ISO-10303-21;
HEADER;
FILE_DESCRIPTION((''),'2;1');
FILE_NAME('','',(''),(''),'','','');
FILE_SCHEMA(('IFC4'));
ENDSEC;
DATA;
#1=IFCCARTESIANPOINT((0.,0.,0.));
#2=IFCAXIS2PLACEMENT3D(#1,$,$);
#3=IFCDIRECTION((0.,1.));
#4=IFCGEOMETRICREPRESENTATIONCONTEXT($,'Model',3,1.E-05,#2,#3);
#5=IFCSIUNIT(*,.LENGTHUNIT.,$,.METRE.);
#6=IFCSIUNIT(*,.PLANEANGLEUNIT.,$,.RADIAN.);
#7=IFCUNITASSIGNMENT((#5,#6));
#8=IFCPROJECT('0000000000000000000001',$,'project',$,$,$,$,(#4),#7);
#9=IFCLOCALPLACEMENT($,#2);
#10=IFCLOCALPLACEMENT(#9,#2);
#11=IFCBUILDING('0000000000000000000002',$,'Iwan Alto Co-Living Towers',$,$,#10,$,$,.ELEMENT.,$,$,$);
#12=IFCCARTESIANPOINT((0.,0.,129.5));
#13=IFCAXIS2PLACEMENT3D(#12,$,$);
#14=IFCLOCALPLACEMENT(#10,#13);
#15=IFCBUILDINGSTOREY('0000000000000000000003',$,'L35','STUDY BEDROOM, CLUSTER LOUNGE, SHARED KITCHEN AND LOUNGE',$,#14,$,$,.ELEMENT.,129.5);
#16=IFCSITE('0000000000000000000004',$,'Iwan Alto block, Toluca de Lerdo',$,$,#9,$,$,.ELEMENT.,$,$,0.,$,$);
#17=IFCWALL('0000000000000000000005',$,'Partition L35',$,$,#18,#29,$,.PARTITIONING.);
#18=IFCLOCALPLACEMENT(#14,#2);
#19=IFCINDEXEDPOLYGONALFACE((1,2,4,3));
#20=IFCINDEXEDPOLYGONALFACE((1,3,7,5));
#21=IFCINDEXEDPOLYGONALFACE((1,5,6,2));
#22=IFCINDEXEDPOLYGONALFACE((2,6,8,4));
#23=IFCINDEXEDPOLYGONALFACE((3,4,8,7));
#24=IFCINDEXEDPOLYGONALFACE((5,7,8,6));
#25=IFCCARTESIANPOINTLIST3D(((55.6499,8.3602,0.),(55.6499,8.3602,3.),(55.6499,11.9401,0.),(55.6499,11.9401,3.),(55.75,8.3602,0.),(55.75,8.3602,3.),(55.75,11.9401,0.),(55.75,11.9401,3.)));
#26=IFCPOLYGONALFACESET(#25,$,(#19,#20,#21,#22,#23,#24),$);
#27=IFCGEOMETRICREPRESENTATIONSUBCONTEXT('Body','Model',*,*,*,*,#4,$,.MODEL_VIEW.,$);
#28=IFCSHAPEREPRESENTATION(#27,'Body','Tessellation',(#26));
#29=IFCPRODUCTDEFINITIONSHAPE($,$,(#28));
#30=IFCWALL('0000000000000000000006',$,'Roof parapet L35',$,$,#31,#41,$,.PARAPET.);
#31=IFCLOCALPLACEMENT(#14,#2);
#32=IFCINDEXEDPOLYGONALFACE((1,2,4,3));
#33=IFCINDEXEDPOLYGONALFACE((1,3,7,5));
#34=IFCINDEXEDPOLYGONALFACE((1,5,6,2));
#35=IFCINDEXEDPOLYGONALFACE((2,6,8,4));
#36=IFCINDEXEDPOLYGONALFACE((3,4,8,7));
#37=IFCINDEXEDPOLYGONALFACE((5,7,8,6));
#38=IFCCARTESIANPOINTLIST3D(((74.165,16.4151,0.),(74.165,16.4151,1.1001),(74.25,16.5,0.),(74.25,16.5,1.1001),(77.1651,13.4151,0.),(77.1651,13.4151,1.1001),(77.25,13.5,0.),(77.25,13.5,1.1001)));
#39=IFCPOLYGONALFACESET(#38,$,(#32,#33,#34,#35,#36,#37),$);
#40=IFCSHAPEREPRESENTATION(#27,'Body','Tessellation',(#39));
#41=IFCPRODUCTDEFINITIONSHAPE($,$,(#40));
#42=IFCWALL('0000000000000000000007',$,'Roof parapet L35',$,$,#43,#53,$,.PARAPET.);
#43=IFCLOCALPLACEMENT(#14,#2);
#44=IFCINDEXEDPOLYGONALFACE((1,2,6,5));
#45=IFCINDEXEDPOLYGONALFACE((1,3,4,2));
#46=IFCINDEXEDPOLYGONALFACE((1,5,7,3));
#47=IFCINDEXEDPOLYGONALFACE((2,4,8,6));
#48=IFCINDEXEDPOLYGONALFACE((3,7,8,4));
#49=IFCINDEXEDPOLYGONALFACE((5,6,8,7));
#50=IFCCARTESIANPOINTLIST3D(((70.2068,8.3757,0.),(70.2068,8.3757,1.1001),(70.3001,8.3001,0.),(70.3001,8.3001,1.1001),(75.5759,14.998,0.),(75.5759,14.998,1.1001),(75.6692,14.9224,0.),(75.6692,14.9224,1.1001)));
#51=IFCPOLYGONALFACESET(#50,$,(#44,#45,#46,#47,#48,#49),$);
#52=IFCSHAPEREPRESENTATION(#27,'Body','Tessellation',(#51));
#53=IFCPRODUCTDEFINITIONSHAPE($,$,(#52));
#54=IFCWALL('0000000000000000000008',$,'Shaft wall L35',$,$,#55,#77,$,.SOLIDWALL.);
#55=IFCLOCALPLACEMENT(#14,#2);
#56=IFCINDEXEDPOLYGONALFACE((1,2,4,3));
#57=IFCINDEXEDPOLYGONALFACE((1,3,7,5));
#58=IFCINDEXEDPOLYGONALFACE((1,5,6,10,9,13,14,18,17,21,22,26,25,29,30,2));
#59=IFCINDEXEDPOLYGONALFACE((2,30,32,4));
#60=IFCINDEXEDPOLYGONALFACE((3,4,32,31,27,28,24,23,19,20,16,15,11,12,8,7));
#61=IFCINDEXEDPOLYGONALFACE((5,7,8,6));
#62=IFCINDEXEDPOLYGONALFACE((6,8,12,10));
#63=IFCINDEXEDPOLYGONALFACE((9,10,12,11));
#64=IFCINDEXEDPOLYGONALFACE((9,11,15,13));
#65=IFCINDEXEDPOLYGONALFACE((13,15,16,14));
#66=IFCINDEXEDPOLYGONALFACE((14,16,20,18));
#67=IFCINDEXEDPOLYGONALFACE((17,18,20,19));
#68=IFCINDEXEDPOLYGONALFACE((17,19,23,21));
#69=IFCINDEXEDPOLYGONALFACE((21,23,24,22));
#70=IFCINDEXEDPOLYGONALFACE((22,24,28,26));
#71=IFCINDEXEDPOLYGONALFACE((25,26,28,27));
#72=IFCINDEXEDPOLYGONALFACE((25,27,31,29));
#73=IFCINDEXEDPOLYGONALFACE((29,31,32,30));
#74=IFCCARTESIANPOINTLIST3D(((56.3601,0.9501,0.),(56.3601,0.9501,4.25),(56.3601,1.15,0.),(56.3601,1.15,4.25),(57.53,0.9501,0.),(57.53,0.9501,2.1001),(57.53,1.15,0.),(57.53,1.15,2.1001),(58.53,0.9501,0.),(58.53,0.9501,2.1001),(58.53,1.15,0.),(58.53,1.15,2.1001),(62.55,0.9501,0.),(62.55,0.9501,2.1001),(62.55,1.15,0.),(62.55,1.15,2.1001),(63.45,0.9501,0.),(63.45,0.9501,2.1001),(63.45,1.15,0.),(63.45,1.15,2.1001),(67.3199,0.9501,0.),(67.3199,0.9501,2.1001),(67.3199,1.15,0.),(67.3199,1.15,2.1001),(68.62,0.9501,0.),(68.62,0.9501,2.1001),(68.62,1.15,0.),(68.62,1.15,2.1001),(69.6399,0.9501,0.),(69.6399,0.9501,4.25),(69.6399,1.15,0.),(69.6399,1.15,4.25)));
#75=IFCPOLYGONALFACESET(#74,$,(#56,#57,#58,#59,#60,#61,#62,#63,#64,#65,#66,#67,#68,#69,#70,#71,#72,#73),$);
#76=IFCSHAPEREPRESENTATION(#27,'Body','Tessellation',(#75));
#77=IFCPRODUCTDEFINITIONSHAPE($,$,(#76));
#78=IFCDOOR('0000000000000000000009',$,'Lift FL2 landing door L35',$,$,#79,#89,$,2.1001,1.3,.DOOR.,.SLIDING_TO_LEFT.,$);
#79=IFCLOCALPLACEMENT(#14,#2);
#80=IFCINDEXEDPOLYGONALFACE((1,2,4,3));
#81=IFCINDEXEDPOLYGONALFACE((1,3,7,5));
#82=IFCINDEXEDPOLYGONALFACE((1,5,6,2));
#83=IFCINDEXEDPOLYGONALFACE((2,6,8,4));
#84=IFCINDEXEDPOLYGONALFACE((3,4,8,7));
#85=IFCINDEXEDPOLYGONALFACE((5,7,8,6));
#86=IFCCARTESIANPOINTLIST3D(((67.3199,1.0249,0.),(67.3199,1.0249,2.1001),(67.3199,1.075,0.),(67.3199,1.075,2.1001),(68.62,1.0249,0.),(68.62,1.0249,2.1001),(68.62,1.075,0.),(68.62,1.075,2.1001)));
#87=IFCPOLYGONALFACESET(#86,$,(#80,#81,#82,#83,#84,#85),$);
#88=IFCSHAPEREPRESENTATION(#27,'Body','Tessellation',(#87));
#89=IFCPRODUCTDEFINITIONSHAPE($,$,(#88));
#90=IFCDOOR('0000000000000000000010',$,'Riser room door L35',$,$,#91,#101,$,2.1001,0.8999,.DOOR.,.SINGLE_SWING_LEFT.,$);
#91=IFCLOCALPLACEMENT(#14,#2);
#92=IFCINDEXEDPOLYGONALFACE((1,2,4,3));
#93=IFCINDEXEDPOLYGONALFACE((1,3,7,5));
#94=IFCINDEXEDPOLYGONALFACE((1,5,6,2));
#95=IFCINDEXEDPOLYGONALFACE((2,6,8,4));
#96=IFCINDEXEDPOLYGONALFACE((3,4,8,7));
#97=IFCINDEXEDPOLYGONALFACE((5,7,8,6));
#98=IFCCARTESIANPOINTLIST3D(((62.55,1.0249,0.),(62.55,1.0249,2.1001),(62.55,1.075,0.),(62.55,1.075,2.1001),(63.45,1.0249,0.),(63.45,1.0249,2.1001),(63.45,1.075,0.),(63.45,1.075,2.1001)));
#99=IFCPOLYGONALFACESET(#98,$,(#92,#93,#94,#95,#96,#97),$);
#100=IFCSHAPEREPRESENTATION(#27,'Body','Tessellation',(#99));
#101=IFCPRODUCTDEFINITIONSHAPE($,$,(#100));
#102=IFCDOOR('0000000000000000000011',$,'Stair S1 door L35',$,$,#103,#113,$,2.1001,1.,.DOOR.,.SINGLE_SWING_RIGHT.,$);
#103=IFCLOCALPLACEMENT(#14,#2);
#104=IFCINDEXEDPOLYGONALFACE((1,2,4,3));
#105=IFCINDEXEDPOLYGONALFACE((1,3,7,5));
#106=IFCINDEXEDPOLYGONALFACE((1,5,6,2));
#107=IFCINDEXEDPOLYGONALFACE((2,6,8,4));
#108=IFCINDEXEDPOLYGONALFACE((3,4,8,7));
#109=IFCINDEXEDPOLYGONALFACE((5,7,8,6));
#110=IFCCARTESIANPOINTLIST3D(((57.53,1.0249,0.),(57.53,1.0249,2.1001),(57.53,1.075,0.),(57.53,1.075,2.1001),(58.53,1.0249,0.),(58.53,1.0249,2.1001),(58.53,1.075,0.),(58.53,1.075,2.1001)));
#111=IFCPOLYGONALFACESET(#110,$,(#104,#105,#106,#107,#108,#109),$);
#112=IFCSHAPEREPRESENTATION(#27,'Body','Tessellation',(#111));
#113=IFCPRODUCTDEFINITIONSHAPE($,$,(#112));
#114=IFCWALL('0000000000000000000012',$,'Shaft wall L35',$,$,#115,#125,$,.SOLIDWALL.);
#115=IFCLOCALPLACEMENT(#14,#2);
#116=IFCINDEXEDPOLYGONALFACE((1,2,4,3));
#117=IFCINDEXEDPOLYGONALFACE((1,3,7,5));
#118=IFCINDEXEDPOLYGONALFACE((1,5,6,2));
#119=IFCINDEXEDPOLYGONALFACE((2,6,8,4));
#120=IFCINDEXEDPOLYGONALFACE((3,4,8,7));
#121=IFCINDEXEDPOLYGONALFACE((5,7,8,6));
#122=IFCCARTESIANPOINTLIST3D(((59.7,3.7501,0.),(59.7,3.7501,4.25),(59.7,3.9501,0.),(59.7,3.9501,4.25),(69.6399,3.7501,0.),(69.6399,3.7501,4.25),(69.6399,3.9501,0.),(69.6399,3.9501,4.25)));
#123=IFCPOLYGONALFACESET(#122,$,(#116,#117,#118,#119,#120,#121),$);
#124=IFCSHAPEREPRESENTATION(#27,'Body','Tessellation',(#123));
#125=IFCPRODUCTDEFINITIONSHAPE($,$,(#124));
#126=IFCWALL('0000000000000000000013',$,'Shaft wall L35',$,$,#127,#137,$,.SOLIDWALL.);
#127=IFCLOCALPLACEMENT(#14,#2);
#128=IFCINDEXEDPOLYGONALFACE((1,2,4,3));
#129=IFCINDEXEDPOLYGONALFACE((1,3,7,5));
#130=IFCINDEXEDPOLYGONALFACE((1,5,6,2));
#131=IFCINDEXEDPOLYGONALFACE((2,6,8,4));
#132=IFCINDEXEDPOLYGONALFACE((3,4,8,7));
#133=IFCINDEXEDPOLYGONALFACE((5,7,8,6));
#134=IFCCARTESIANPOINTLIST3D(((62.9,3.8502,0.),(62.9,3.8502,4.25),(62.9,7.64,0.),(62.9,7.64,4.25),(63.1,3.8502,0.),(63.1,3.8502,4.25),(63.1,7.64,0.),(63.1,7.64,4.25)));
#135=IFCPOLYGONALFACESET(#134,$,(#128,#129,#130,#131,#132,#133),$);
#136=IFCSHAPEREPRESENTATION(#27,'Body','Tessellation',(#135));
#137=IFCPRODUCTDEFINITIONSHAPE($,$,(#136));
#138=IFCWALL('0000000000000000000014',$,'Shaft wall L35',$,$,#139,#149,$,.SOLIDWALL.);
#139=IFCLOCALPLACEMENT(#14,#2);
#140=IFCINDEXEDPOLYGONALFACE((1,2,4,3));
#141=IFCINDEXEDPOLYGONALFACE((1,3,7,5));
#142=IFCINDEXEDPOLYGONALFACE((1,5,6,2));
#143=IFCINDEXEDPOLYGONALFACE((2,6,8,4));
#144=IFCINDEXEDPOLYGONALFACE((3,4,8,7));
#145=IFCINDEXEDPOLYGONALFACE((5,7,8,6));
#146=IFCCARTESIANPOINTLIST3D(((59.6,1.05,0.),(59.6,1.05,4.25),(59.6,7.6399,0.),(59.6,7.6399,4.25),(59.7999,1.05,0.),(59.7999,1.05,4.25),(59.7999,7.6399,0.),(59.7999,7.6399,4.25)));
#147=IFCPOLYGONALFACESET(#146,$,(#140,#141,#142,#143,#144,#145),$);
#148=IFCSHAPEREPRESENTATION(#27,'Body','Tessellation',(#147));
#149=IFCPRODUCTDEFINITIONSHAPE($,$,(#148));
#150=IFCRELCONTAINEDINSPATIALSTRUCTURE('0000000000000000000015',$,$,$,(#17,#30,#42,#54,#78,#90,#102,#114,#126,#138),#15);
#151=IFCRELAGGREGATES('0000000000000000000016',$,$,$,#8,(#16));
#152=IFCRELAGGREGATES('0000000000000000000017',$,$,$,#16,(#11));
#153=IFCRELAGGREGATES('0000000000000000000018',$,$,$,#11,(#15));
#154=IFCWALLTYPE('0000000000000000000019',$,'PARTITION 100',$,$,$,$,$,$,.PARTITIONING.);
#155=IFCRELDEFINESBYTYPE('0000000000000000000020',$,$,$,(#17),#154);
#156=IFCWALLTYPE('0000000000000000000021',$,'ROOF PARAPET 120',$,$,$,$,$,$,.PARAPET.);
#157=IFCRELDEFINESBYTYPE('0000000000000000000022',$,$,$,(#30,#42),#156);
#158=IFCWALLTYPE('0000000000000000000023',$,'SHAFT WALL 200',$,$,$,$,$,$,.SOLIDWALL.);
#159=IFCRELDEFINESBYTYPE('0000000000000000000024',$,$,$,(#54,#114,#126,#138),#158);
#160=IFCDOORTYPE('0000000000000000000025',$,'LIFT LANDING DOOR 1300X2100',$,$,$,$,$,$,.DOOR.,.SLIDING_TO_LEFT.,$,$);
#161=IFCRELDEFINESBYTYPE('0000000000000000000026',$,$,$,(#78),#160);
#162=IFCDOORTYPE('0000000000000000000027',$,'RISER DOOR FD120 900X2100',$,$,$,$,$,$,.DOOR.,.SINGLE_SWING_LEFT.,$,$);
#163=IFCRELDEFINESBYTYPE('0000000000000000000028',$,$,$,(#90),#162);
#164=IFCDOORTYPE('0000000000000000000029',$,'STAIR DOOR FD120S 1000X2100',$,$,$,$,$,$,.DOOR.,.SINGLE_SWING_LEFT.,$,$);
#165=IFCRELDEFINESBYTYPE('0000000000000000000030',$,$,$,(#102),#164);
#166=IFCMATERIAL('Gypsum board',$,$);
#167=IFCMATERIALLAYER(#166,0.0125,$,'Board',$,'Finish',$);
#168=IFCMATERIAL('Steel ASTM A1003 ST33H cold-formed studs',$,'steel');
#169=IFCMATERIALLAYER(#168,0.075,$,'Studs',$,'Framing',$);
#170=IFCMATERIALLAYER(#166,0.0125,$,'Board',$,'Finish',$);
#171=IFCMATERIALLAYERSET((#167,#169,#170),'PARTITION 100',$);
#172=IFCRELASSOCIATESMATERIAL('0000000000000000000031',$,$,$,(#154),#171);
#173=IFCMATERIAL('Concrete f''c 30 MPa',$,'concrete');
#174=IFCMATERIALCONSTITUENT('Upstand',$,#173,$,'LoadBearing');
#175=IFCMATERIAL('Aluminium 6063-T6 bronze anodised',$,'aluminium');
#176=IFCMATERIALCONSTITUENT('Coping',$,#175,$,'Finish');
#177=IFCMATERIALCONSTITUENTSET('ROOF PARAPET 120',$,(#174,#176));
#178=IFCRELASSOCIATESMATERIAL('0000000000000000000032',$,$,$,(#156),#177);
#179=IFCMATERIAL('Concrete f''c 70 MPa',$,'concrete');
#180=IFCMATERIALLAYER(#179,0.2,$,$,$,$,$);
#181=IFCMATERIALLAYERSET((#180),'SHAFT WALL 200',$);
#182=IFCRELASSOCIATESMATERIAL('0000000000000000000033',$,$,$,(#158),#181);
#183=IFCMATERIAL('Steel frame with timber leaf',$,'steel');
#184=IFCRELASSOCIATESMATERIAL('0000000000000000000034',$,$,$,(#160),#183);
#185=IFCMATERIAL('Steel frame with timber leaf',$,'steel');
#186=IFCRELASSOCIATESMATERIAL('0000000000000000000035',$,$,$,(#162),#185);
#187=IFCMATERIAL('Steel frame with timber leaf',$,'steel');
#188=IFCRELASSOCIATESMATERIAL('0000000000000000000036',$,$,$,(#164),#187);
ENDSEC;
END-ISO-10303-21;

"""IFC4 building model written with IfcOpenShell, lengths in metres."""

from ifc_helpers import new_model, si_unit, direction, frame, frame_2d, origin, place, context, subcontext, project, spatial, rectangle, extrude, material, layer, layer_set, constituent, constituent_set, type_object, element, fill, save


model = new_model("IFC4")

# Units and contexts
model_context = context("Model", 3, precision=1e-05, world=origin(), true_north=direction((0.0, 1.0)))
body_context = subcontext(model_context, "Body", "Model", "MODEL_VIEW")
ifc_project = project(units=[si_unit("LENGTHUNIT", "METRE"), si_unit("PLANEANGLEUNIT", "RADIAN")], contexts=[model_context])

# Site, building, storey
site_placement = place(None, origin())
site = spatial("IfcSite", under=ifc_project, at=site_placement, Name="Iwan Alto block, Toluca de Lerdo", CompositionType="ELEMENT", RefElevation=0.0)
building_placement = place(site_placement, origin())
building = spatial("IfcBuilding", under=site, at=building_placement, Name="Iwan Alto Co-Living Towers", CompositionType="ELEMENT")
storey_placement = place(building_placement, frame((0.0, 0.0, 129.5)))
storey = spatial("IfcBuildingStorey", under=building, at=storey_placement, Name="L35", Description="STUDY BEDROOM, CLUSTER LOUNGE, SHARED KITCHEN AND LOUNGE", CompositionType="ELEMENT", Elevation=129.5)

# Wall
ifc_material_1 = material(Name="Gypsum board")
ifc_layer_1 = layer(ifc_material_1, 0.0125, Name="Board", Category="Finish")
ifc_material_2 = material(Name="Steel ASTM A1003 ST33H cold-formed studs", Category="steel")
ifc_layer_2 = layer(ifc_material_2, 0.075, Name="Studs", Category="Framing")
ifc_layer_3 = layer(ifc_material_1, 0.0125, Name="Board", Category="Finish")
ifc_layer_set_1 = layer_set([ifc_layer_1, ifc_layer_2, ifc_layer_3], Name="PARTITION 100")
wall_type_1 = type_object("IfcWallType", Name="PARTITION 100", PredefinedType="PARTITIONING", material=ifc_layer_set_1)
wall_1_placement = place(storey_placement, frame((55.7, 8.3601, 0.0), z_axis=(0.0, 0.0, 1.0), x_axis=(0.0, 1.0, 0.0)))
element("IfcWall", 1, at=wall_1_placement, inside=storey, type_object=wall_type_1, Name="Partition L35", PredefinedType="PARTITIONING", context=body_context, shape_type="SweptSolid", body=[
    extrude(rectangle(XDim=3.5798, YDim=0.1001, at=frame_2d((1.79, 0.0))), origin(), (0.0, 0.0, 1.0), 3.0),
])

# Walls
ifc_material_3 = material(Name="Concrete f'c 30 MPa", Category="concrete")
ifc_constituent_1 = constituent(ifc_material_3, Name="Upstand", Category="LoadBearing")
ifc_material_4 = material(Name="Aluminium 6063-T6 bronze anodised", Category="aluminium")
ifc_constituent_2 = constituent(ifc_material_4, Name="Coping", Category="Finish")
ifc_constituent_set_1 = constituent_set(constituents=[ifc_constituent_1, ifc_constituent_2], Name="ROOF PARAPET 120")
wall_type_2 = type_object("IfcWallType", Name="ROOF PARAPET 120", PredefinedType="PARAPET", material=ifc_constituent_set_1)
wall_2_placement = place(storey_placement, frame((77.2075, 13.4575, 0.0), z_axis=(0.0, 0.0, 1.0), x_axis=(-0.707107, 0.707107, 0.0)))
element("IfcWall", 2, at=wall_2_placement, inside=storey, type_object=wall_type_2, Name="Roof parapet L35", PredefinedType="PARAPET", context=body_context, shape_type="SweptSolid", body=[
    extrude(rectangle(XDim=4.2427, YDim=0.1201, at=frame_2d((2.1213, 0.0))), origin(), (0.0, 0.0, 1.0), 1.1001),
])
wall_3_placement = place(storey_placement, frame((70.2534, 8.3379, 0.0), z_axis=(0.0, 0.0, 1.0), x_axis=(0.62978, 0.776773, 0.0)))
element("IfcWall", 3, at=wall_3_placement, inside=storey, type_object=wall_type_2, Name="Roof parapet L35", PredefinedType="PARAPET", context=body_context, shape_type="SweptSolid", body=[
    extrude(rectangle(XDim=8.5254, YDim=0.1201, at=frame_2d((4.2627, 0.0))), origin(), (0.0, 0.0, 1.0), 1.1001),
])

# Wall, openings, doors
ifc_material_5 = material(Name="Concrete f'c 70 MPa", Category="concrete")
ifc_layer_4 = layer(ifc_material_5, 0.2)
ifc_layer_set_2 = layer_set([ifc_layer_4], Name="SHAFT WALL 200")
wall_type_3 = type_object("IfcWallType", Name="SHAFT WALL 200", PredefinedType="SOLIDWALL", material=ifc_layer_set_2)
wall_4_placement = place(storey_placement, frame((56.3601, 1.05, 0.0), z_axis=(0.0, 0.0, 1.0), x_axis=(1.0, 0.0, 0.0)))
wall_4 = element("IfcWall", 4, at=wall_4_placement, inside=storey, type_object=wall_type_3, Name="Shaft wall L35", PredefinedType="SOLIDWALL", context=body_context, shape_type="SweptSolid", body=[
    extrude(rectangle(XDim=13.2798, YDim=0.2, at=frame_2d((6.6399, 0.0))), origin(), (0.0, 0.0, 1.0), 4.25),
])
opening_1_placement = place(wall_4_placement, frame((1.1699, 0.0, 0.0)))
opening_1 = element("IfcOpeningElement", 5, at=opening_1_placement, cuts=wall_4, PredefinedType="OPENING", context=body_context, shape_type="SweptSolid", body=[
    extrude(rectangle(XDim=1.0, YDim=2.1001, at=frame_2d((0.5, 1.05))), frame((0.0, 0.1099, 0.0), z_axis=(0.0, -1.0, 0.0), x_axis=(1.0, 0.0, 0.0)), (0.0, 0.0, 1.0), 0.22),
])
opening_2_placement = place(wall_4_placement, frame((6.1899, 0.0, 0.0)))
opening_2 = element("IfcOpeningElement", 6, at=opening_2_placement, cuts=wall_4, PredefinedType="OPENING", context=body_context, shape_type="SweptSolid", body=[
    extrude(rectangle(XDim=0.8999, YDim=2.1001, at=frame_2d((0.45, 1.05))), frame((0.0, 0.1099, 0.0), z_axis=(0.0, -1.0, 0.0), x_axis=(1.0, 0.0, 0.0)), (0.0, 0.0, 1.0), 0.22),
])
opening_3_placement = place(wall_4_placement, frame((10.96, 0.0, 0.0)))
opening_3 = element("IfcOpeningElement", 7, at=opening_3_placement, cuts=wall_4, PredefinedType="OPENING", context=body_context, shape_type="SweptSolid", body=[
    extrude(rectangle(XDim=1.3, YDim=2.1001, at=frame_2d((0.6499, 1.05))), frame((0.0, 0.1099, 0.0), z_axis=(0.0, -1.0, 0.0), x_axis=(1.0, 0.0, 0.0)), (0.0, 0.0, 1.0), 0.22),
])
ifc_material_6 = material(Name="Steel frame with timber leaf", Category="steel")
door_type_1 = type_object("IfcDoorType", Name="LIFT LANDING DOOR 1300X2100", OperationType="SLIDING_TO_LEFT", PredefinedType="DOOR", material=ifc_material_6)
door_1_placement = place(opening_3_placement, origin())
door_1 = element("IfcDoor", 8, at=door_1_placement, inside=storey, type_object=door_type_1, Name="Lift FL2 landing door L35", OperationType="SLIDING_TO_LEFT", OverallHeight=2.1001, OverallWidth=1.3, PredefinedType="DOOR", context=body_context, shape_type="SweptSolid", body=[
    extrude(rectangle(XDim=1.3, YDim=2.1001, at=frame_2d((0.6499, 1.05))), frame((0.0, 0.0249, 0.0), z_axis=(0.0, -1.0, 0.0), x_axis=(1.0, 0.0, 0.0)), (0.0, 0.0, 1.0), 0.05),
])
fill(opening_3, door_1)
ifc_material_7 = material(Name="Steel frame with timber leaf", Category="steel")
door_type_2 = type_object("IfcDoorType", Name="RISER DOOR FD120 900X2100", OperationType="SINGLE_SWING_LEFT", PredefinedType="DOOR", material=ifc_material_7)
door_2_placement = place(opening_2_placement, origin())
door_2 = element("IfcDoor", 9, at=door_2_placement, inside=storey, type_object=door_type_2, Name="Riser room door L35", OperationType="SINGLE_SWING_LEFT", OverallHeight=2.1001, OverallWidth=0.8999, PredefinedType="DOOR", context=body_context, shape_type="SweptSolid", body=[
    extrude(rectangle(XDim=0.8999, YDim=2.1001, at=frame_2d((0.45, 1.05))), frame((0.0, 0.0249, 0.0), z_axis=(0.0, -1.0, 0.0), x_axis=(1.0, 0.0, 0.0)), (0.0, 0.0, 1.0), 0.05),
])
fill(opening_2, door_2)
ifc_material_8 = material(Name="Steel frame with timber leaf", Category="steel")
door_type_3 = type_object("IfcDoorType", Name="STAIR DOOR FD120S 1000X2100", OperationType="SINGLE_SWING_LEFT", PredefinedType="DOOR", material=ifc_material_8)
door_3_placement = place(opening_1_placement, origin())
door_3 = element("IfcDoor", 10, at=door_3_placement, inside=storey, type_object=door_type_3, Name="Stair S1 door L35", OperationType="SINGLE_SWING_RIGHT", OverallHeight=2.1001, OverallWidth=1.0, PredefinedType="DOOR", context=body_context, shape_type="SweptSolid", body=[
    extrude(rectangle(XDim=1.0, YDim=2.1001, at=frame_2d((0.5, 1.05))), frame((0.0, 0.0249, 0.0), z_axis=(0.0, -1.0, 0.0), x_axis=(1.0, 0.0, 0.0)), (0.0, 0.0, 1.0), 0.05),
])
fill(opening_1, door_3)

# Walls
wall_5_placement = place(storey_placement, frame((59.7, 3.8501, 0.0), z_axis=(0.0, 0.0, 1.0), x_axis=(1.0, 0.0, 0.0)))
element("IfcWall", 11, at=wall_5_placement, inside=storey, type_object=wall_type_3, Name="Shaft wall L35", PredefinedType="SOLIDWALL", context=body_context, shape_type="SweptSolid", body=[
    extrude(rectangle(XDim=9.9399, YDim=0.2, at=frame_2d((4.97, 0.0))), origin(), (0.0, 0.0, 1.0), 4.25),
])
wall_6_placement = place(storey_placement, frame((63.0, 3.8501, 0.0), z_axis=(0.0, 0.0, 1.0), x_axis=(0.0, 1.0, 0.0)))
element("IfcWall", 12, at=wall_6_placement, inside=storey, type_object=wall_type_3, Name="Shaft wall L35", PredefinedType="SOLIDWALL", context=body_context, shape_type="SweptSolid", body=[
    extrude(rectangle(XDim=3.7898, YDim=0.2, at=frame_2d((1.895, 0.0))), origin(), (0.0, 0.0, 1.0), 4.25),
])
wall_7_placement = place(storey_placement, frame((59.7, 1.05, 0.0), z_axis=(0.0, 0.0, 1.0), x_axis=(0.0, 1.0, 0.0)))
element("IfcWall", 13, at=wall_7_placement, inside=storey, type_object=wall_type_3, Name="Shaft wall L35", PredefinedType="SOLIDWALL", context=body_context, shape_type="SweptSolid", body=[
    extrude(rectangle(XDim=6.5898, YDim=0.2, at=frame_2d((3.2949, 0.0))), origin(), (0.0, 0.0, 1.0), 4.25),
])

save(model, "model.ifc")
